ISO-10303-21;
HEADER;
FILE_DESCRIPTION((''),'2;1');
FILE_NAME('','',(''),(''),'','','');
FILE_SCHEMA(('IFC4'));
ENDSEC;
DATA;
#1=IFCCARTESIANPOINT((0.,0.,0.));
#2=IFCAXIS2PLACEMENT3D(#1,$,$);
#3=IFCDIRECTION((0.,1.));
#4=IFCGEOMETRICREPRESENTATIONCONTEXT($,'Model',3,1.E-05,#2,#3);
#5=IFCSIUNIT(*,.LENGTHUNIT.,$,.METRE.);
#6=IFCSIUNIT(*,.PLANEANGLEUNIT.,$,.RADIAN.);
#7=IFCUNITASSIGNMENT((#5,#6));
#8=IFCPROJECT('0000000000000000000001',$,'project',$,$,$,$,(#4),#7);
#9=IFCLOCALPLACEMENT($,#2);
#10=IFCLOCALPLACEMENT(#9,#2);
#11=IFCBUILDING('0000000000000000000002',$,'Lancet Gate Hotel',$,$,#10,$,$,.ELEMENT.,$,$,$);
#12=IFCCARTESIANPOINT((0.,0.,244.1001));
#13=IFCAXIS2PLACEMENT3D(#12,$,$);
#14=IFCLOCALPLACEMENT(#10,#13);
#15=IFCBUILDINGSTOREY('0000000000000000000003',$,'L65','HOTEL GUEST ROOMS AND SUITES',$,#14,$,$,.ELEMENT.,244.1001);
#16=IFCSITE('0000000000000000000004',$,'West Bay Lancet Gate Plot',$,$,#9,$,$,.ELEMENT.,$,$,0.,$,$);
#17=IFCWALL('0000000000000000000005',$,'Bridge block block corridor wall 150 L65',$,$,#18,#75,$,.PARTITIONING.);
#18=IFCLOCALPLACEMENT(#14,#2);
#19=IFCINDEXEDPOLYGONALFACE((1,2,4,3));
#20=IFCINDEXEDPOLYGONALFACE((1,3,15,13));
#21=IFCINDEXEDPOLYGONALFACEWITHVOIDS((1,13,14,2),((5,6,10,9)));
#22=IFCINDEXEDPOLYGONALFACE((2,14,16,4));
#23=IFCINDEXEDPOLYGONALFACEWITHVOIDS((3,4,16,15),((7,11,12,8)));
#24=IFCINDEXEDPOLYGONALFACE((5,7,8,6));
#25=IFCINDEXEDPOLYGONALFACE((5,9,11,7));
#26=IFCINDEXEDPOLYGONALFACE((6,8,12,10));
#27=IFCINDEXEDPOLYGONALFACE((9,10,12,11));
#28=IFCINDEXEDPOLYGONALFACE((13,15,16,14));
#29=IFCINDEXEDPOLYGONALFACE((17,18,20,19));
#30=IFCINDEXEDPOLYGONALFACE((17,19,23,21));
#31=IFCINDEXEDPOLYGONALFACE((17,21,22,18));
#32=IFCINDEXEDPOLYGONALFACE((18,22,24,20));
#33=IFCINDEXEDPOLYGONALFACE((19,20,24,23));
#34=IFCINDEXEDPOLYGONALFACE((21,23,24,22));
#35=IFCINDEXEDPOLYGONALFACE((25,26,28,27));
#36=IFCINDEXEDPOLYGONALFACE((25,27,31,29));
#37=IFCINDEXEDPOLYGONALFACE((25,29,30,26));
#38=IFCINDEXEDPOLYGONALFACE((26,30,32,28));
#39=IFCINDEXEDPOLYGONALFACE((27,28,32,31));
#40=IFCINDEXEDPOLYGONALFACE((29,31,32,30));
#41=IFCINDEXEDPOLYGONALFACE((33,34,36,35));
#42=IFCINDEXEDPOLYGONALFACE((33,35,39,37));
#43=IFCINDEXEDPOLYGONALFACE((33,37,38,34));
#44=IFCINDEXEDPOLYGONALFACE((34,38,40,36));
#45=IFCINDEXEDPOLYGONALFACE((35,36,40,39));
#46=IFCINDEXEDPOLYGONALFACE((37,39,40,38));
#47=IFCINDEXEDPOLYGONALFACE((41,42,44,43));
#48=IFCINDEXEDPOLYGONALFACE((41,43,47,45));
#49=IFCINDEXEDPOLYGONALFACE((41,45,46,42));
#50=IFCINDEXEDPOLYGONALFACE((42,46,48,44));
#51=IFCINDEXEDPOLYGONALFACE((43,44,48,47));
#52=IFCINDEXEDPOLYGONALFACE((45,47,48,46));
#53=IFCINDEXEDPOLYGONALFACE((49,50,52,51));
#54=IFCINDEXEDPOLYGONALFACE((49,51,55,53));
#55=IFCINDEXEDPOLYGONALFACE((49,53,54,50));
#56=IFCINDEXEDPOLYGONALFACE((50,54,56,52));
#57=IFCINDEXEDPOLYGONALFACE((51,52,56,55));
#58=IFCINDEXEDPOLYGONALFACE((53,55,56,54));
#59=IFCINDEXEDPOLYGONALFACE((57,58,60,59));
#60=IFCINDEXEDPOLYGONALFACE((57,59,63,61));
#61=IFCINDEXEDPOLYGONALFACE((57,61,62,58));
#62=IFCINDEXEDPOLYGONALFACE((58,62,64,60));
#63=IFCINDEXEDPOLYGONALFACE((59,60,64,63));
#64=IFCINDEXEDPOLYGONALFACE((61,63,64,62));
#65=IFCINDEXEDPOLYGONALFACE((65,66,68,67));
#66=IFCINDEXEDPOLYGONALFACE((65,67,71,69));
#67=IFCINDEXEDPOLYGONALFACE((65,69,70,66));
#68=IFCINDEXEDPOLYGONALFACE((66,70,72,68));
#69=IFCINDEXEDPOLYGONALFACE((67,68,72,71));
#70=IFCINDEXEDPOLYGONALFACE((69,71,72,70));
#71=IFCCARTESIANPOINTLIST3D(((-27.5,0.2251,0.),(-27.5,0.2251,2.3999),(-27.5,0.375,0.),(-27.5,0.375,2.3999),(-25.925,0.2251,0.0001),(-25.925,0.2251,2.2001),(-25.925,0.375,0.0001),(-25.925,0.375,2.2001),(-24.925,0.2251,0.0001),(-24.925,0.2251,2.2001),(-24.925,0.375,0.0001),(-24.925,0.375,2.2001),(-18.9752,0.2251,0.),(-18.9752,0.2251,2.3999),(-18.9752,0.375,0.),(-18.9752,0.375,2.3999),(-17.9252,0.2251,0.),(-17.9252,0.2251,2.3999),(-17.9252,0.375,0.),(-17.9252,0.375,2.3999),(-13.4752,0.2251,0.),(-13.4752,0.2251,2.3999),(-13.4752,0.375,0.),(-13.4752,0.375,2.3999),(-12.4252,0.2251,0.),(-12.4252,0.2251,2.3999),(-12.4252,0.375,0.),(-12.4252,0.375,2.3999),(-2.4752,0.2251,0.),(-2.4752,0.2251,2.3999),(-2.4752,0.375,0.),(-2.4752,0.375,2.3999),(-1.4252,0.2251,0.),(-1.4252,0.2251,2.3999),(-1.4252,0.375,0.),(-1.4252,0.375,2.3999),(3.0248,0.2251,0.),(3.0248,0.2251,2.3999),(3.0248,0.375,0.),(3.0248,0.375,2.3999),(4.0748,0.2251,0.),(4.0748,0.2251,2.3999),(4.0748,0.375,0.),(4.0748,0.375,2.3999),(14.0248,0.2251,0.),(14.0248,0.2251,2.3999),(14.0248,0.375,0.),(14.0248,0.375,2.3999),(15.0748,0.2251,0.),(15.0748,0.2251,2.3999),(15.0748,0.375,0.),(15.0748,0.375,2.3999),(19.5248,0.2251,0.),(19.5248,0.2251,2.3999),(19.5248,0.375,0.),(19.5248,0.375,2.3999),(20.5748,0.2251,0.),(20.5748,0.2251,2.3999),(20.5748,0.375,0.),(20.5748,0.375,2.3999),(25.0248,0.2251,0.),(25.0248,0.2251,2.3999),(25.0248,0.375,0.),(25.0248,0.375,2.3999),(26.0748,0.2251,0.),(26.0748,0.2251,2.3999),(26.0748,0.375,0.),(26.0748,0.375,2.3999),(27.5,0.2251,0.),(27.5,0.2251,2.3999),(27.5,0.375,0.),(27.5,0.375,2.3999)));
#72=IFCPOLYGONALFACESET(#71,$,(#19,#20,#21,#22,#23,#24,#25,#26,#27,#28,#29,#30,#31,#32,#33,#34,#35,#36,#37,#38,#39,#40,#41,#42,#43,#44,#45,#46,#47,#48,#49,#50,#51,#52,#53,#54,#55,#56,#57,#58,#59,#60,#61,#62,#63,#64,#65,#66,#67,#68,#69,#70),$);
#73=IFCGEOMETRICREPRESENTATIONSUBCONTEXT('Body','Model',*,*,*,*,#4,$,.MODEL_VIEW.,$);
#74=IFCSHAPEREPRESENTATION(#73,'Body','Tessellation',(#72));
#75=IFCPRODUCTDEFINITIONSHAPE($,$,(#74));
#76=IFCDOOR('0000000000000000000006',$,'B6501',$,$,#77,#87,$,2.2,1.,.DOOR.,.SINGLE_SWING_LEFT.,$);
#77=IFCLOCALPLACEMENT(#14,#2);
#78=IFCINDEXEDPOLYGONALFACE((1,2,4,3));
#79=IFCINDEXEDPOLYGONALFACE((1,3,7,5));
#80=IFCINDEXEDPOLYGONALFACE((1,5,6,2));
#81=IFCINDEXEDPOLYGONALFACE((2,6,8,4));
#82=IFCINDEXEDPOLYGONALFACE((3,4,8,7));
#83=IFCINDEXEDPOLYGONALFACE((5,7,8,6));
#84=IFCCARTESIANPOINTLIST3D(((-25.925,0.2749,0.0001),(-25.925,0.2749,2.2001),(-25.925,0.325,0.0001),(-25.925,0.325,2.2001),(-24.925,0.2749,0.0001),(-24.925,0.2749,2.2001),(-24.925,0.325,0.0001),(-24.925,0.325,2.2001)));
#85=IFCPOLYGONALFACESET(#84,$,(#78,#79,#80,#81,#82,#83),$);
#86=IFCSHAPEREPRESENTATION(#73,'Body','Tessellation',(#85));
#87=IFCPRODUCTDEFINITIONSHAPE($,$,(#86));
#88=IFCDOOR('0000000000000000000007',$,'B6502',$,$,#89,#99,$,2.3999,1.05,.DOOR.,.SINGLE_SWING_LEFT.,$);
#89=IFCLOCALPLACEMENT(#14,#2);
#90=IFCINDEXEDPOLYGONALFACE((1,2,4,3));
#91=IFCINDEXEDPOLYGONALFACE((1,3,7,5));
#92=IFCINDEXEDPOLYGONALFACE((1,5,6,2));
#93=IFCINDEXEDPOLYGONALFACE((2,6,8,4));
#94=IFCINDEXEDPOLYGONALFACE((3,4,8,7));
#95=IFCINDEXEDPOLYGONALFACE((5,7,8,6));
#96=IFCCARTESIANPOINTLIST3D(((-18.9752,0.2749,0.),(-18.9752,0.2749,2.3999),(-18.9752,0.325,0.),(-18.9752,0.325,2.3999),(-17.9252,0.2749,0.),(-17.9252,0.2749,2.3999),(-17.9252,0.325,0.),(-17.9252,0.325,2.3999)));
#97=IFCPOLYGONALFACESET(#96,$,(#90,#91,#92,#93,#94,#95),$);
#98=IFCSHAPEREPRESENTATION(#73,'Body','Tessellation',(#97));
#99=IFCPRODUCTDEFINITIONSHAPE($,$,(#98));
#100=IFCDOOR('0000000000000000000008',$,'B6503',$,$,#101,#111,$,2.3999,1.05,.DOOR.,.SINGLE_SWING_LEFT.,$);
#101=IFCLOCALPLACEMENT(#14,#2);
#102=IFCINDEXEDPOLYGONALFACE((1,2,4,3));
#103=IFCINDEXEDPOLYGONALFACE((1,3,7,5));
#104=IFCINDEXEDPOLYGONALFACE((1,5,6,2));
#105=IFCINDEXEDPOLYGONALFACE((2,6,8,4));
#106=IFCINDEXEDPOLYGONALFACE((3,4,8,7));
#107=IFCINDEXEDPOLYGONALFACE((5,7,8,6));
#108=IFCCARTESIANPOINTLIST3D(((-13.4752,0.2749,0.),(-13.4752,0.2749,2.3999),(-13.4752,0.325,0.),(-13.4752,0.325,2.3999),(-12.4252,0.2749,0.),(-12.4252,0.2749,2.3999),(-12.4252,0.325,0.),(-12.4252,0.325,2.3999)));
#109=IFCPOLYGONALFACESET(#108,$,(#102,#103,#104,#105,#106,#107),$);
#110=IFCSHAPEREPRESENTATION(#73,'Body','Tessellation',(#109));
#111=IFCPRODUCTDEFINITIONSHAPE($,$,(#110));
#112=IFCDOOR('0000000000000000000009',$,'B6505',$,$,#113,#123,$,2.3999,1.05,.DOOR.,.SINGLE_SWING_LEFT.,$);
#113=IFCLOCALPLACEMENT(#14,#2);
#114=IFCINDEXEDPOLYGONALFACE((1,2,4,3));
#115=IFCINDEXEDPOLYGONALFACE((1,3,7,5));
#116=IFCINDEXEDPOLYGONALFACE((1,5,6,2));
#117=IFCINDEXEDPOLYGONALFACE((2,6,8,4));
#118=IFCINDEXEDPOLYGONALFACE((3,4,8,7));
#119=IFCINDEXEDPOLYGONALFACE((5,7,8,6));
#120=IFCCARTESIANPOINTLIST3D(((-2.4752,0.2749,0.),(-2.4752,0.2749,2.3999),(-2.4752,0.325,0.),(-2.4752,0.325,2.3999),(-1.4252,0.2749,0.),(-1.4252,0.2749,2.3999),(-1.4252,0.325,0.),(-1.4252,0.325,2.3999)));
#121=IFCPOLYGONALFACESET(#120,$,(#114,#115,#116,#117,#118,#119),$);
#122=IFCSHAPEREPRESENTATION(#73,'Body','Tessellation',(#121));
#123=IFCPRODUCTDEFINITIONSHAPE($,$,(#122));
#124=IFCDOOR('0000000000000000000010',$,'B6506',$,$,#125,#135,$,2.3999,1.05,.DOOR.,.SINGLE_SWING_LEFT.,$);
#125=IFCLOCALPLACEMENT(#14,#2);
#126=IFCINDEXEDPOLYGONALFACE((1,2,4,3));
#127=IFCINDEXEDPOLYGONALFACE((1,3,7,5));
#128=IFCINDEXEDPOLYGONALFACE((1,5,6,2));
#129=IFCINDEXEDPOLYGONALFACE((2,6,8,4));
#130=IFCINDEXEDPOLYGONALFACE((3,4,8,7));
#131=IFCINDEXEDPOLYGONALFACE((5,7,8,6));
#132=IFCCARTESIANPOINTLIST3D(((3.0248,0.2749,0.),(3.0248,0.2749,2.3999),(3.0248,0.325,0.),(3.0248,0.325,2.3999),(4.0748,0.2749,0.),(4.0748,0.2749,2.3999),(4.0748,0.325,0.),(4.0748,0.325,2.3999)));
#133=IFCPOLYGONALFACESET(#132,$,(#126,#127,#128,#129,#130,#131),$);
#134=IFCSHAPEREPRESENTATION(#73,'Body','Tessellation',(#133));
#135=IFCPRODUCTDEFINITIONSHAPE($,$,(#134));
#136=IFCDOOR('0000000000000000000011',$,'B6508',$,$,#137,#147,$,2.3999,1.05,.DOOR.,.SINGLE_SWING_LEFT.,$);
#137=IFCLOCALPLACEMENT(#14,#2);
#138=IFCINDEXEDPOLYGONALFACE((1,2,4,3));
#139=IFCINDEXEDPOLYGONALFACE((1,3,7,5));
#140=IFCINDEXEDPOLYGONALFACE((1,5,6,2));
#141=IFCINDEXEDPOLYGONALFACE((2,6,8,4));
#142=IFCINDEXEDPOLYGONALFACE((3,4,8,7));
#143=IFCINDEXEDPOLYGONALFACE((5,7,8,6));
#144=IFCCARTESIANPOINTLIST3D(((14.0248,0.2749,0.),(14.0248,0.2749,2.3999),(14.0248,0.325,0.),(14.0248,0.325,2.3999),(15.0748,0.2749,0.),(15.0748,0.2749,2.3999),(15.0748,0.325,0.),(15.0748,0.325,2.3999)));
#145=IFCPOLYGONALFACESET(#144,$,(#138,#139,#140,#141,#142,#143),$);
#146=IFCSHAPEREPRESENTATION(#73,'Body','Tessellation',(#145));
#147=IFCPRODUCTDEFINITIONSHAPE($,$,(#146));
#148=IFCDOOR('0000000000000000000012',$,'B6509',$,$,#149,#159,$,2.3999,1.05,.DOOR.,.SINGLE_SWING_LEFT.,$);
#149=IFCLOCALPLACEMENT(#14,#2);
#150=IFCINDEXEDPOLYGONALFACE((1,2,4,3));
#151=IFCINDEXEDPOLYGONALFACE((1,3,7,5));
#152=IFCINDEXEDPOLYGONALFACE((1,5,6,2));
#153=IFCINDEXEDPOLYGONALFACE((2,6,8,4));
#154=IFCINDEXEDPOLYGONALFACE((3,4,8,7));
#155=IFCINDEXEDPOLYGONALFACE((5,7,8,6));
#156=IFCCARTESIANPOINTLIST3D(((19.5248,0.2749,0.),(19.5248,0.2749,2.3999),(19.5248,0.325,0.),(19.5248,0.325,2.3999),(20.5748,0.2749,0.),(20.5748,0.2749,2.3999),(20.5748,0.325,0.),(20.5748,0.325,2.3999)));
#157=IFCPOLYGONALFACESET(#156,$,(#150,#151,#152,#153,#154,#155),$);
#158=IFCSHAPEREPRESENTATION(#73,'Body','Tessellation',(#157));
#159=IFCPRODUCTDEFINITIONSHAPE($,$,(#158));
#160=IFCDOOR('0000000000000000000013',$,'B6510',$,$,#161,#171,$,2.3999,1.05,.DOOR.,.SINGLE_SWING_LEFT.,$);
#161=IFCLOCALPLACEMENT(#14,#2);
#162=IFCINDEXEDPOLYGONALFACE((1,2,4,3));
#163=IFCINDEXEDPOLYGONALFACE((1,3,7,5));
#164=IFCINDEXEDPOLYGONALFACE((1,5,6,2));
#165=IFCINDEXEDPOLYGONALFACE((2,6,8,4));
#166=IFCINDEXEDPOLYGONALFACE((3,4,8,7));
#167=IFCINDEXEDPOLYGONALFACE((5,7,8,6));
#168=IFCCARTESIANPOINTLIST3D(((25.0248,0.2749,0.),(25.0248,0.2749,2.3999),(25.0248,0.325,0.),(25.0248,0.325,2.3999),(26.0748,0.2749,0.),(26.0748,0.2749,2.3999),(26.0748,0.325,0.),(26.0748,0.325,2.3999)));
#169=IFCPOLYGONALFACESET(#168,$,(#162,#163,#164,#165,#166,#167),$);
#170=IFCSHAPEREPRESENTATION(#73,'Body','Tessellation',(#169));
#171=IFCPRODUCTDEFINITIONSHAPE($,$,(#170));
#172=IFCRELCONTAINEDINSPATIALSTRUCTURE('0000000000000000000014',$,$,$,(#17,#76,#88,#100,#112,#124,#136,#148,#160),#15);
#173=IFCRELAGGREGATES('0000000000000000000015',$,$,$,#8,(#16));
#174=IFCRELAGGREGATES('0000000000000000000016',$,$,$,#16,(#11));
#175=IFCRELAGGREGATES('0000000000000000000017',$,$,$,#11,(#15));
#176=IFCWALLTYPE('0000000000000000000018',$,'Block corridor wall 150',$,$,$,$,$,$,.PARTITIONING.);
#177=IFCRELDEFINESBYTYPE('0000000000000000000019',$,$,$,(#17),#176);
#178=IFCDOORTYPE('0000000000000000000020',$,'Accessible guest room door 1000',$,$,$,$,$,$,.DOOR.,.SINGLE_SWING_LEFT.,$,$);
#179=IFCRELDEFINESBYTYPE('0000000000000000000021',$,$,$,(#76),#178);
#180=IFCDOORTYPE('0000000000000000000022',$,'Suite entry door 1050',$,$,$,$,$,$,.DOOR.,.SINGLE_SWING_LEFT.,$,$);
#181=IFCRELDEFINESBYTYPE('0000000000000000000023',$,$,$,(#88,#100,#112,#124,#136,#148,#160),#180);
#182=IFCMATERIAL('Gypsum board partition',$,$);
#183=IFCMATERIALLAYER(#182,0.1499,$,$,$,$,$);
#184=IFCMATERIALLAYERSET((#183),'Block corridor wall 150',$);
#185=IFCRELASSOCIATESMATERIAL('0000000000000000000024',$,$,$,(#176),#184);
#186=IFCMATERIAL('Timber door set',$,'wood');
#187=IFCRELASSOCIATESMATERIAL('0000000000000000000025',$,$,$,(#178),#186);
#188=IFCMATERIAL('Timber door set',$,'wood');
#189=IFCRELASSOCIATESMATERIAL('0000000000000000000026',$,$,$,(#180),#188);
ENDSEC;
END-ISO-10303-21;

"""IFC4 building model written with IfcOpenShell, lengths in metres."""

from ifc_helpers import new_model, si_unit, direction, frame, frame_2d, origin, place, context, subcontext, project, spatial, rectangle, extrude, material, layer, layer_set, type_object, element, fill, save


model = new_model("IFC4")

# Units and contexts
model_context = context("Model", 3, precision=1e-05, world=origin(), true_north=direction((0.0, 1.0)))
body_context = subcontext(model_context, "Body", "Model", "MODEL_VIEW")
ifc_project = project(units=[si_unit("LENGTHUNIT", "METRE"), si_unit("PLANEANGLEUNIT", "RADIAN")], contexts=[model_context])

# Site, building, storey
site_placement = place(None, origin())
site = spatial("IfcSite", under=ifc_project, at=site_placement, Name="West Bay Lancet Gate Plot", CompositionType="ELEMENT", RefElevation=0.0)
building_placement = place(site_placement, origin())
building = spatial("IfcBuilding", under=site, at=building_placement, Name="Lancet Gate Hotel", CompositionType="ELEMENT")
storey_placement = place(building_placement, frame((0.0, 0.0, 244.1001)))
storey = spatial("IfcBuildingStorey", under=building, at=storey_placement, Name="L65", Description="HOTEL GUEST ROOMS AND SUITES", CompositionType="ELEMENT", Elevation=244.1001)

# Wall, openings, doors
ifc_material_1 = material(Name="Gypsum board partition")
ifc_layer_1 = layer(ifc_material_1, 0.1499)
ifc_layer_set_1 = layer_set([ifc_layer_1], Name="Block corridor wall 150")
wall_type_1 = type_object("IfcWallType", Name="Block corridor wall 150", PredefinedType="PARTITIONING", material=ifc_layer_set_1)
wall_1_placement = place(storey_placement, frame((-27.5, 0.3, 0.0), z_axis=(0.0, 0.0, 1.0), x_axis=(1.0, 0.0, 0.0)))
wall_1 = element("IfcWall", 1, at=wall_1_placement, inside=storey, type_object=wall_type_1, Name="Bridge block block corridor wall 150 L65", PredefinedType="PARTITIONING", context=body_context, shape_type="SweptSolid", body=[
    extrude(rectangle(XDim=55.0, YDim=0.1499, at=frame_2d((27.5, 0.0))), origin(), (0.0, 0.0, 1.0), 2.3999),
])
opening_1_placement = place(wall_1_placement, frame((1.575, 0.0, 0.0)))
opening_1 = element("IfcOpeningElement", 2, at=opening_1_placement, cuts=wall_1, PredefinedType="OPENING", context=body_context, shape_type="SweptSolid", body=[
    extrude(rectangle(XDim=1.0, YDim=2.2, at=frame_2d((0.5, 1.1001))), frame((0.0, 0.085, 0.0), z_axis=(0.0, -1.0, 0.0), x_axis=(1.0, 0.0, 0.0)), (0.0, 0.0, 1.0), 0.1699),
])
opening_2_placement = place(wall_1_placement, frame((8.5249, 0.0, 0.0)))
opening_2 = element("IfcOpeningElement", 3, at=opening_2_placement, cuts=wall_1, PredefinedType="OPENING", context=body_context, shape_type="SweptSolid", body=[
    extrude(rectangle(XDim=1.05, YDim=2.3999, at=frame_2d((0.5249, 1.2))), frame((0.0, 0.085, 0.0), z_axis=(0.0, -1.0, 0.0), x_axis=(1.0, 0.0, 0.0)), (0.0, 0.0, 1.0), 0.1699),
])
opening_3_placement = place(wall_1_placement, frame((14.0249, 0.0, 0.0)))
opening_3 = element("IfcOpeningElement", 4, at=opening_3_placement, cuts=wall_1, PredefinedType="OPENING", context=body_context, shape_type="SweptSolid", body=[
    extrude(rectangle(XDim=1.05, YDim=2.3999, at=frame_2d((0.5249, 1.2))), frame((0.0, 0.085, 0.0), z_axis=(0.0, -1.0, 0.0), x_axis=(1.0, 0.0, 0.0)), (0.0, 0.0, 1.0), 0.1699),
])
opening_4_placement = place(wall_1_placement, frame((25.0249, 0.0, 0.0)))
opening_4 = element("IfcOpeningElement", 5, at=opening_4_placement, cuts=wall_1, PredefinedType="OPENING", context=body_context, shape_type="SweptSolid", body=[
    extrude(rectangle(XDim=1.05, YDim=2.3999, at=frame_2d((0.5249, 1.2))), frame((0.0, 0.085, 0.0), z_axis=(0.0, -1.0, 0.0), x_axis=(1.0, 0.0, 0.0)), (0.0, 0.0, 1.0), 0.1699),
])
opening_5_placement = place(wall_1_placement, frame((30.5249, 0.0, 0.0)))
opening_5 = element("IfcOpeningElement", 6, at=opening_5_placement, cuts=wall_1, PredefinedType="OPENING", context=body_context, shape_type="SweptSolid", body=[
    extrude(rectangle(XDim=1.05, YDim=2.3999, at=frame_2d((0.5249, 1.2))), frame((0.0, 0.085, 0.0), z_axis=(0.0, -1.0, 0.0), x_axis=(1.0, 0.0, 0.0)), (0.0, 0.0, 1.0), 0.1699),
])
opening_6_placement = place(wall_1_placement, frame((41.5249, 0.0, 0.0)))
opening_6 = element("IfcOpeningElement", 7, at=opening_6_placement, cuts=wall_1, PredefinedType="OPENING", context=body_context, shape_type="SweptSolid", body=[
    extrude(rectangle(XDim=1.05, YDim=2.3999, at=frame_2d((0.5249, 1.2))), frame((0.0, 0.085, 0.0), z_axis=(0.0, -1.0, 0.0), x_axis=(1.0, 0.0, 0.0)), (0.0, 0.0, 1.0), 0.1699),
])
opening_7_placement = place(wall_1_placement, frame((47.0249, 0.0, 0.0)))
opening_7 = element("IfcOpeningElement", 8, at=opening_7_placement, cuts=wall_1, PredefinedType="OPENING", context=body_context, shape_type="SweptSolid", body=[
    extrude(rectangle(XDim=1.05, YDim=2.3999, at=frame_2d((0.5249, 1.2))), frame((0.0, 0.085, 0.0), z_axis=(0.0, -1.0, 0.0), x_axis=(1.0, 0.0, 0.0)), (0.0, 0.0, 1.0), 0.1699),
])
opening_8_placement = place(wall_1_placement, frame((52.5249, 0.0, 0.0)))
opening_8 = element("IfcOpeningElement", 9, at=opening_8_placement, cuts=wall_1, PredefinedType="OPENING", context=body_context, shape_type="SweptSolid", body=[
    extrude(rectangle(XDim=1.05, YDim=2.3999, at=frame_2d((0.5249, 1.2))), frame((0.0, 0.085, 0.0), z_axis=(0.0, -1.0, 0.0), x_axis=(1.0, 0.0, 0.0)), (0.0, 0.0, 1.0), 0.1699),
])
ifc_material_2 = material(Name="Timber door set", Category="wood")
door_type_1 = type_object("IfcDoorType", Name="Accessible guest room door 1000", OperationType="SINGLE_SWING_LEFT", PredefinedType="DOOR", material=ifc_material_2)
door_1_placement = place(opening_1_placement, origin())
door_1 = element("IfcDoor", 10, at=door_1_placement, inside=storey, type_object=door_type_1, Name="B6501", OperationType="SINGLE_SWING_LEFT", OverallHeight=2.2, OverallWidth=1.0, PredefinedType="DOOR", context=body_context, shape_type="SweptSolid", body=[
    extrude(rectangle(XDim=1.0, YDim=2.2, at=frame_2d((0.5, 1.1001))), frame((0.0, 0.0249, 0.0), z_axis=(0.0, -1.0, 0.0), x_axis=(1.0, 0.0, 0.0)), (0.0, 0.0, 1.0), 0.05),
])
fill(opening_1, door_1)
ifc_material_3 = material(Name="Timber door set", Category="wood")
door_type_2 = type_object("IfcDoorType", Name="Suite entry door 1050", OperationType="SINGLE_SWING_LEFT", PredefinedType="DOOR", material=ifc_material_3)
door_2_placement = place(opening_2_placement, origin())
door_2 = element("IfcDoor", 11, at=door_2_placement, inside=storey, type_object=door_type_2, Name="B6502", OperationType="SINGLE_SWING_LEFT", OverallHeight=2.3999, OverallWidth=1.05, PredefinedType="DOOR", context=body_context, shape_type="SweptSolid", body=[
    extrude(rectangle(XDim=1.05, YDim=2.3999, at=frame_2d((0.5249, 1.2))), frame((0.0, 0.0249, 0.0), z_axis=(0.0, -1.0, 0.0), x_axis=(1.0, 0.0, 0.0)), (0.0, 0.0, 1.0), 0.05),
])
fill(opening_2, door_2)
door_3_placement = place(opening_3_placement, origin())
door_3 = element("IfcDoor", 12, at=door_3_placement, inside=storey, type_object=door_type_2, Name="B6503", OperationType="SINGLE_SWING_LEFT", OverallHeight=2.3999, OverallWidth=1.05, PredefinedType="DOOR", context=body_context, shape_type="SweptSolid", body=[
    extrude(rectangle(XDim=1.05, YDim=2.3999, at=frame_2d((0.5249, 1.2))), frame((0.0, 0.0249, 0.0), z_axis=(0.0, -1.0, 0.0), x_axis=(1.0, 0.0, 0.0)), (0.0, 0.0, 1.0), 0.05),
])
fill(opening_3, door_3)
door_4_placement = place(opening_4_placement, origin())
door_4 = element("IfcDoor", 13, at=door_4_placement, inside=storey, type_object=door_type_2, Name="B6505", OperationType="SINGLE_SWING_LEFT", OverallHeight=2.3999, OverallWidth=1.05, PredefinedType="DOOR", context=body_context, shape_type="SweptSolid", body=[
    extrude(rectangle(XDim=1.05, YDim=2.3999, at=frame_2d((0.5249, 1.2))), frame((0.0, 0.0249, 0.0), z_axis=(0.0, -1.0, 0.0), x_axis=(1.0, 0.0, 0.0)), (0.0, 0.0, 1.0), 0.05),
])
fill(opening_4, door_4)
door_5_placement = place(opening_5_placement, origin())
door_5 = element("IfcDoor", 14, at=door_5_placement, inside=storey, type_object=door_type_2, Name="B6506", OperationType="SINGLE_SWING_LEFT", OverallHeight=2.3999, OverallWidth=1.05, PredefinedType="DOOR", context=body_context, shape_type="SweptSolid", body=[
    extrude(rectangle(XDim=1.05, YDim=2.3999, at=frame_2d((0.5249, 1.2))), frame((0.0, 0.0249, 0.0), z_axis=(0.0, -1.0, 0.0), x_axis=(1.0, 0.0, 0.0)), (0.0, 0.0, 1.0), 0.05),
])
fill(opening_5, door_5)
door_6_placement = place(opening_6_placement, origin())
door_6 = element("IfcDoor", 15, at=door_6_placement, inside=storey, type_object=door_type_2, Name="B6508", OperationType="SINGLE_SWING_LEFT", OverallHeight=2.3999, OverallWidth=1.05, PredefinedType="DOOR", context=body_context, shape_type="SweptSolid", body=[
    extrude(rectangle(XDim=1.05, YDim=2.3999, at=frame_2d((0.5249, 1.2))), frame((0.0, 0.0249, 0.0), z_axis=(0.0, -1.0, 0.0), x_axis=(1.0, 0.0, 0.0)), (0.0, 0.0, 1.0), 0.05),
])
fill(opening_6, door_6)
door_7_placement = place(opening_7_placement, origin())
door_7 = element("IfcDoor", 16, at=door_7_placement, inside=storey, type_object=door_type_2, Name="B6509", OperationType="SINGLE_SWING_LEFT", OverallHeight=2.3999, OverallWidth=1.05, PredefinedType="DOOR", context=body_context, shape_type="SweptSolid", body=[
    extrude(rectangle(XDim=1.05, YDim=2.3999, at=frame_2d((0.5249, 1.2))), frame((0.0, 0.0249, 0.0), z_axis=(0.0, -1.0, 0.0), x_axis=(1.0, 0.0, 0.0)), (0.0, 0.0, 1.0), 0.05),
])
fill(opening_7, door_7)
door_8_placement = place(opening_8_placement, origin())
door_8 = element("IfcDoor", 17, at=door_8_placement, inside=storey, type_object=door_type_2, Name="B6510", OperationType="SINGLE_SWING_LEFT", OverallHeight=2.3999, OverallWidth=1.05, PredefinedType="DOOR", context=body_context, shape_type="SweptSolid", body=[
    extrude(rectangle(XDim=1.05, YDim=2.3999, at=frame_2d((0.5249, 1.2))), frame((0.0, 0.0249, 0.0), z_axis=(0.0, -1.0, 0.0), x_axis=(1.0, 0.0, 0.0)), (0.0, 0.0, 1.0), 0.05),
])
fill(opening_8, door_8)

save(model, "model.ifc")
